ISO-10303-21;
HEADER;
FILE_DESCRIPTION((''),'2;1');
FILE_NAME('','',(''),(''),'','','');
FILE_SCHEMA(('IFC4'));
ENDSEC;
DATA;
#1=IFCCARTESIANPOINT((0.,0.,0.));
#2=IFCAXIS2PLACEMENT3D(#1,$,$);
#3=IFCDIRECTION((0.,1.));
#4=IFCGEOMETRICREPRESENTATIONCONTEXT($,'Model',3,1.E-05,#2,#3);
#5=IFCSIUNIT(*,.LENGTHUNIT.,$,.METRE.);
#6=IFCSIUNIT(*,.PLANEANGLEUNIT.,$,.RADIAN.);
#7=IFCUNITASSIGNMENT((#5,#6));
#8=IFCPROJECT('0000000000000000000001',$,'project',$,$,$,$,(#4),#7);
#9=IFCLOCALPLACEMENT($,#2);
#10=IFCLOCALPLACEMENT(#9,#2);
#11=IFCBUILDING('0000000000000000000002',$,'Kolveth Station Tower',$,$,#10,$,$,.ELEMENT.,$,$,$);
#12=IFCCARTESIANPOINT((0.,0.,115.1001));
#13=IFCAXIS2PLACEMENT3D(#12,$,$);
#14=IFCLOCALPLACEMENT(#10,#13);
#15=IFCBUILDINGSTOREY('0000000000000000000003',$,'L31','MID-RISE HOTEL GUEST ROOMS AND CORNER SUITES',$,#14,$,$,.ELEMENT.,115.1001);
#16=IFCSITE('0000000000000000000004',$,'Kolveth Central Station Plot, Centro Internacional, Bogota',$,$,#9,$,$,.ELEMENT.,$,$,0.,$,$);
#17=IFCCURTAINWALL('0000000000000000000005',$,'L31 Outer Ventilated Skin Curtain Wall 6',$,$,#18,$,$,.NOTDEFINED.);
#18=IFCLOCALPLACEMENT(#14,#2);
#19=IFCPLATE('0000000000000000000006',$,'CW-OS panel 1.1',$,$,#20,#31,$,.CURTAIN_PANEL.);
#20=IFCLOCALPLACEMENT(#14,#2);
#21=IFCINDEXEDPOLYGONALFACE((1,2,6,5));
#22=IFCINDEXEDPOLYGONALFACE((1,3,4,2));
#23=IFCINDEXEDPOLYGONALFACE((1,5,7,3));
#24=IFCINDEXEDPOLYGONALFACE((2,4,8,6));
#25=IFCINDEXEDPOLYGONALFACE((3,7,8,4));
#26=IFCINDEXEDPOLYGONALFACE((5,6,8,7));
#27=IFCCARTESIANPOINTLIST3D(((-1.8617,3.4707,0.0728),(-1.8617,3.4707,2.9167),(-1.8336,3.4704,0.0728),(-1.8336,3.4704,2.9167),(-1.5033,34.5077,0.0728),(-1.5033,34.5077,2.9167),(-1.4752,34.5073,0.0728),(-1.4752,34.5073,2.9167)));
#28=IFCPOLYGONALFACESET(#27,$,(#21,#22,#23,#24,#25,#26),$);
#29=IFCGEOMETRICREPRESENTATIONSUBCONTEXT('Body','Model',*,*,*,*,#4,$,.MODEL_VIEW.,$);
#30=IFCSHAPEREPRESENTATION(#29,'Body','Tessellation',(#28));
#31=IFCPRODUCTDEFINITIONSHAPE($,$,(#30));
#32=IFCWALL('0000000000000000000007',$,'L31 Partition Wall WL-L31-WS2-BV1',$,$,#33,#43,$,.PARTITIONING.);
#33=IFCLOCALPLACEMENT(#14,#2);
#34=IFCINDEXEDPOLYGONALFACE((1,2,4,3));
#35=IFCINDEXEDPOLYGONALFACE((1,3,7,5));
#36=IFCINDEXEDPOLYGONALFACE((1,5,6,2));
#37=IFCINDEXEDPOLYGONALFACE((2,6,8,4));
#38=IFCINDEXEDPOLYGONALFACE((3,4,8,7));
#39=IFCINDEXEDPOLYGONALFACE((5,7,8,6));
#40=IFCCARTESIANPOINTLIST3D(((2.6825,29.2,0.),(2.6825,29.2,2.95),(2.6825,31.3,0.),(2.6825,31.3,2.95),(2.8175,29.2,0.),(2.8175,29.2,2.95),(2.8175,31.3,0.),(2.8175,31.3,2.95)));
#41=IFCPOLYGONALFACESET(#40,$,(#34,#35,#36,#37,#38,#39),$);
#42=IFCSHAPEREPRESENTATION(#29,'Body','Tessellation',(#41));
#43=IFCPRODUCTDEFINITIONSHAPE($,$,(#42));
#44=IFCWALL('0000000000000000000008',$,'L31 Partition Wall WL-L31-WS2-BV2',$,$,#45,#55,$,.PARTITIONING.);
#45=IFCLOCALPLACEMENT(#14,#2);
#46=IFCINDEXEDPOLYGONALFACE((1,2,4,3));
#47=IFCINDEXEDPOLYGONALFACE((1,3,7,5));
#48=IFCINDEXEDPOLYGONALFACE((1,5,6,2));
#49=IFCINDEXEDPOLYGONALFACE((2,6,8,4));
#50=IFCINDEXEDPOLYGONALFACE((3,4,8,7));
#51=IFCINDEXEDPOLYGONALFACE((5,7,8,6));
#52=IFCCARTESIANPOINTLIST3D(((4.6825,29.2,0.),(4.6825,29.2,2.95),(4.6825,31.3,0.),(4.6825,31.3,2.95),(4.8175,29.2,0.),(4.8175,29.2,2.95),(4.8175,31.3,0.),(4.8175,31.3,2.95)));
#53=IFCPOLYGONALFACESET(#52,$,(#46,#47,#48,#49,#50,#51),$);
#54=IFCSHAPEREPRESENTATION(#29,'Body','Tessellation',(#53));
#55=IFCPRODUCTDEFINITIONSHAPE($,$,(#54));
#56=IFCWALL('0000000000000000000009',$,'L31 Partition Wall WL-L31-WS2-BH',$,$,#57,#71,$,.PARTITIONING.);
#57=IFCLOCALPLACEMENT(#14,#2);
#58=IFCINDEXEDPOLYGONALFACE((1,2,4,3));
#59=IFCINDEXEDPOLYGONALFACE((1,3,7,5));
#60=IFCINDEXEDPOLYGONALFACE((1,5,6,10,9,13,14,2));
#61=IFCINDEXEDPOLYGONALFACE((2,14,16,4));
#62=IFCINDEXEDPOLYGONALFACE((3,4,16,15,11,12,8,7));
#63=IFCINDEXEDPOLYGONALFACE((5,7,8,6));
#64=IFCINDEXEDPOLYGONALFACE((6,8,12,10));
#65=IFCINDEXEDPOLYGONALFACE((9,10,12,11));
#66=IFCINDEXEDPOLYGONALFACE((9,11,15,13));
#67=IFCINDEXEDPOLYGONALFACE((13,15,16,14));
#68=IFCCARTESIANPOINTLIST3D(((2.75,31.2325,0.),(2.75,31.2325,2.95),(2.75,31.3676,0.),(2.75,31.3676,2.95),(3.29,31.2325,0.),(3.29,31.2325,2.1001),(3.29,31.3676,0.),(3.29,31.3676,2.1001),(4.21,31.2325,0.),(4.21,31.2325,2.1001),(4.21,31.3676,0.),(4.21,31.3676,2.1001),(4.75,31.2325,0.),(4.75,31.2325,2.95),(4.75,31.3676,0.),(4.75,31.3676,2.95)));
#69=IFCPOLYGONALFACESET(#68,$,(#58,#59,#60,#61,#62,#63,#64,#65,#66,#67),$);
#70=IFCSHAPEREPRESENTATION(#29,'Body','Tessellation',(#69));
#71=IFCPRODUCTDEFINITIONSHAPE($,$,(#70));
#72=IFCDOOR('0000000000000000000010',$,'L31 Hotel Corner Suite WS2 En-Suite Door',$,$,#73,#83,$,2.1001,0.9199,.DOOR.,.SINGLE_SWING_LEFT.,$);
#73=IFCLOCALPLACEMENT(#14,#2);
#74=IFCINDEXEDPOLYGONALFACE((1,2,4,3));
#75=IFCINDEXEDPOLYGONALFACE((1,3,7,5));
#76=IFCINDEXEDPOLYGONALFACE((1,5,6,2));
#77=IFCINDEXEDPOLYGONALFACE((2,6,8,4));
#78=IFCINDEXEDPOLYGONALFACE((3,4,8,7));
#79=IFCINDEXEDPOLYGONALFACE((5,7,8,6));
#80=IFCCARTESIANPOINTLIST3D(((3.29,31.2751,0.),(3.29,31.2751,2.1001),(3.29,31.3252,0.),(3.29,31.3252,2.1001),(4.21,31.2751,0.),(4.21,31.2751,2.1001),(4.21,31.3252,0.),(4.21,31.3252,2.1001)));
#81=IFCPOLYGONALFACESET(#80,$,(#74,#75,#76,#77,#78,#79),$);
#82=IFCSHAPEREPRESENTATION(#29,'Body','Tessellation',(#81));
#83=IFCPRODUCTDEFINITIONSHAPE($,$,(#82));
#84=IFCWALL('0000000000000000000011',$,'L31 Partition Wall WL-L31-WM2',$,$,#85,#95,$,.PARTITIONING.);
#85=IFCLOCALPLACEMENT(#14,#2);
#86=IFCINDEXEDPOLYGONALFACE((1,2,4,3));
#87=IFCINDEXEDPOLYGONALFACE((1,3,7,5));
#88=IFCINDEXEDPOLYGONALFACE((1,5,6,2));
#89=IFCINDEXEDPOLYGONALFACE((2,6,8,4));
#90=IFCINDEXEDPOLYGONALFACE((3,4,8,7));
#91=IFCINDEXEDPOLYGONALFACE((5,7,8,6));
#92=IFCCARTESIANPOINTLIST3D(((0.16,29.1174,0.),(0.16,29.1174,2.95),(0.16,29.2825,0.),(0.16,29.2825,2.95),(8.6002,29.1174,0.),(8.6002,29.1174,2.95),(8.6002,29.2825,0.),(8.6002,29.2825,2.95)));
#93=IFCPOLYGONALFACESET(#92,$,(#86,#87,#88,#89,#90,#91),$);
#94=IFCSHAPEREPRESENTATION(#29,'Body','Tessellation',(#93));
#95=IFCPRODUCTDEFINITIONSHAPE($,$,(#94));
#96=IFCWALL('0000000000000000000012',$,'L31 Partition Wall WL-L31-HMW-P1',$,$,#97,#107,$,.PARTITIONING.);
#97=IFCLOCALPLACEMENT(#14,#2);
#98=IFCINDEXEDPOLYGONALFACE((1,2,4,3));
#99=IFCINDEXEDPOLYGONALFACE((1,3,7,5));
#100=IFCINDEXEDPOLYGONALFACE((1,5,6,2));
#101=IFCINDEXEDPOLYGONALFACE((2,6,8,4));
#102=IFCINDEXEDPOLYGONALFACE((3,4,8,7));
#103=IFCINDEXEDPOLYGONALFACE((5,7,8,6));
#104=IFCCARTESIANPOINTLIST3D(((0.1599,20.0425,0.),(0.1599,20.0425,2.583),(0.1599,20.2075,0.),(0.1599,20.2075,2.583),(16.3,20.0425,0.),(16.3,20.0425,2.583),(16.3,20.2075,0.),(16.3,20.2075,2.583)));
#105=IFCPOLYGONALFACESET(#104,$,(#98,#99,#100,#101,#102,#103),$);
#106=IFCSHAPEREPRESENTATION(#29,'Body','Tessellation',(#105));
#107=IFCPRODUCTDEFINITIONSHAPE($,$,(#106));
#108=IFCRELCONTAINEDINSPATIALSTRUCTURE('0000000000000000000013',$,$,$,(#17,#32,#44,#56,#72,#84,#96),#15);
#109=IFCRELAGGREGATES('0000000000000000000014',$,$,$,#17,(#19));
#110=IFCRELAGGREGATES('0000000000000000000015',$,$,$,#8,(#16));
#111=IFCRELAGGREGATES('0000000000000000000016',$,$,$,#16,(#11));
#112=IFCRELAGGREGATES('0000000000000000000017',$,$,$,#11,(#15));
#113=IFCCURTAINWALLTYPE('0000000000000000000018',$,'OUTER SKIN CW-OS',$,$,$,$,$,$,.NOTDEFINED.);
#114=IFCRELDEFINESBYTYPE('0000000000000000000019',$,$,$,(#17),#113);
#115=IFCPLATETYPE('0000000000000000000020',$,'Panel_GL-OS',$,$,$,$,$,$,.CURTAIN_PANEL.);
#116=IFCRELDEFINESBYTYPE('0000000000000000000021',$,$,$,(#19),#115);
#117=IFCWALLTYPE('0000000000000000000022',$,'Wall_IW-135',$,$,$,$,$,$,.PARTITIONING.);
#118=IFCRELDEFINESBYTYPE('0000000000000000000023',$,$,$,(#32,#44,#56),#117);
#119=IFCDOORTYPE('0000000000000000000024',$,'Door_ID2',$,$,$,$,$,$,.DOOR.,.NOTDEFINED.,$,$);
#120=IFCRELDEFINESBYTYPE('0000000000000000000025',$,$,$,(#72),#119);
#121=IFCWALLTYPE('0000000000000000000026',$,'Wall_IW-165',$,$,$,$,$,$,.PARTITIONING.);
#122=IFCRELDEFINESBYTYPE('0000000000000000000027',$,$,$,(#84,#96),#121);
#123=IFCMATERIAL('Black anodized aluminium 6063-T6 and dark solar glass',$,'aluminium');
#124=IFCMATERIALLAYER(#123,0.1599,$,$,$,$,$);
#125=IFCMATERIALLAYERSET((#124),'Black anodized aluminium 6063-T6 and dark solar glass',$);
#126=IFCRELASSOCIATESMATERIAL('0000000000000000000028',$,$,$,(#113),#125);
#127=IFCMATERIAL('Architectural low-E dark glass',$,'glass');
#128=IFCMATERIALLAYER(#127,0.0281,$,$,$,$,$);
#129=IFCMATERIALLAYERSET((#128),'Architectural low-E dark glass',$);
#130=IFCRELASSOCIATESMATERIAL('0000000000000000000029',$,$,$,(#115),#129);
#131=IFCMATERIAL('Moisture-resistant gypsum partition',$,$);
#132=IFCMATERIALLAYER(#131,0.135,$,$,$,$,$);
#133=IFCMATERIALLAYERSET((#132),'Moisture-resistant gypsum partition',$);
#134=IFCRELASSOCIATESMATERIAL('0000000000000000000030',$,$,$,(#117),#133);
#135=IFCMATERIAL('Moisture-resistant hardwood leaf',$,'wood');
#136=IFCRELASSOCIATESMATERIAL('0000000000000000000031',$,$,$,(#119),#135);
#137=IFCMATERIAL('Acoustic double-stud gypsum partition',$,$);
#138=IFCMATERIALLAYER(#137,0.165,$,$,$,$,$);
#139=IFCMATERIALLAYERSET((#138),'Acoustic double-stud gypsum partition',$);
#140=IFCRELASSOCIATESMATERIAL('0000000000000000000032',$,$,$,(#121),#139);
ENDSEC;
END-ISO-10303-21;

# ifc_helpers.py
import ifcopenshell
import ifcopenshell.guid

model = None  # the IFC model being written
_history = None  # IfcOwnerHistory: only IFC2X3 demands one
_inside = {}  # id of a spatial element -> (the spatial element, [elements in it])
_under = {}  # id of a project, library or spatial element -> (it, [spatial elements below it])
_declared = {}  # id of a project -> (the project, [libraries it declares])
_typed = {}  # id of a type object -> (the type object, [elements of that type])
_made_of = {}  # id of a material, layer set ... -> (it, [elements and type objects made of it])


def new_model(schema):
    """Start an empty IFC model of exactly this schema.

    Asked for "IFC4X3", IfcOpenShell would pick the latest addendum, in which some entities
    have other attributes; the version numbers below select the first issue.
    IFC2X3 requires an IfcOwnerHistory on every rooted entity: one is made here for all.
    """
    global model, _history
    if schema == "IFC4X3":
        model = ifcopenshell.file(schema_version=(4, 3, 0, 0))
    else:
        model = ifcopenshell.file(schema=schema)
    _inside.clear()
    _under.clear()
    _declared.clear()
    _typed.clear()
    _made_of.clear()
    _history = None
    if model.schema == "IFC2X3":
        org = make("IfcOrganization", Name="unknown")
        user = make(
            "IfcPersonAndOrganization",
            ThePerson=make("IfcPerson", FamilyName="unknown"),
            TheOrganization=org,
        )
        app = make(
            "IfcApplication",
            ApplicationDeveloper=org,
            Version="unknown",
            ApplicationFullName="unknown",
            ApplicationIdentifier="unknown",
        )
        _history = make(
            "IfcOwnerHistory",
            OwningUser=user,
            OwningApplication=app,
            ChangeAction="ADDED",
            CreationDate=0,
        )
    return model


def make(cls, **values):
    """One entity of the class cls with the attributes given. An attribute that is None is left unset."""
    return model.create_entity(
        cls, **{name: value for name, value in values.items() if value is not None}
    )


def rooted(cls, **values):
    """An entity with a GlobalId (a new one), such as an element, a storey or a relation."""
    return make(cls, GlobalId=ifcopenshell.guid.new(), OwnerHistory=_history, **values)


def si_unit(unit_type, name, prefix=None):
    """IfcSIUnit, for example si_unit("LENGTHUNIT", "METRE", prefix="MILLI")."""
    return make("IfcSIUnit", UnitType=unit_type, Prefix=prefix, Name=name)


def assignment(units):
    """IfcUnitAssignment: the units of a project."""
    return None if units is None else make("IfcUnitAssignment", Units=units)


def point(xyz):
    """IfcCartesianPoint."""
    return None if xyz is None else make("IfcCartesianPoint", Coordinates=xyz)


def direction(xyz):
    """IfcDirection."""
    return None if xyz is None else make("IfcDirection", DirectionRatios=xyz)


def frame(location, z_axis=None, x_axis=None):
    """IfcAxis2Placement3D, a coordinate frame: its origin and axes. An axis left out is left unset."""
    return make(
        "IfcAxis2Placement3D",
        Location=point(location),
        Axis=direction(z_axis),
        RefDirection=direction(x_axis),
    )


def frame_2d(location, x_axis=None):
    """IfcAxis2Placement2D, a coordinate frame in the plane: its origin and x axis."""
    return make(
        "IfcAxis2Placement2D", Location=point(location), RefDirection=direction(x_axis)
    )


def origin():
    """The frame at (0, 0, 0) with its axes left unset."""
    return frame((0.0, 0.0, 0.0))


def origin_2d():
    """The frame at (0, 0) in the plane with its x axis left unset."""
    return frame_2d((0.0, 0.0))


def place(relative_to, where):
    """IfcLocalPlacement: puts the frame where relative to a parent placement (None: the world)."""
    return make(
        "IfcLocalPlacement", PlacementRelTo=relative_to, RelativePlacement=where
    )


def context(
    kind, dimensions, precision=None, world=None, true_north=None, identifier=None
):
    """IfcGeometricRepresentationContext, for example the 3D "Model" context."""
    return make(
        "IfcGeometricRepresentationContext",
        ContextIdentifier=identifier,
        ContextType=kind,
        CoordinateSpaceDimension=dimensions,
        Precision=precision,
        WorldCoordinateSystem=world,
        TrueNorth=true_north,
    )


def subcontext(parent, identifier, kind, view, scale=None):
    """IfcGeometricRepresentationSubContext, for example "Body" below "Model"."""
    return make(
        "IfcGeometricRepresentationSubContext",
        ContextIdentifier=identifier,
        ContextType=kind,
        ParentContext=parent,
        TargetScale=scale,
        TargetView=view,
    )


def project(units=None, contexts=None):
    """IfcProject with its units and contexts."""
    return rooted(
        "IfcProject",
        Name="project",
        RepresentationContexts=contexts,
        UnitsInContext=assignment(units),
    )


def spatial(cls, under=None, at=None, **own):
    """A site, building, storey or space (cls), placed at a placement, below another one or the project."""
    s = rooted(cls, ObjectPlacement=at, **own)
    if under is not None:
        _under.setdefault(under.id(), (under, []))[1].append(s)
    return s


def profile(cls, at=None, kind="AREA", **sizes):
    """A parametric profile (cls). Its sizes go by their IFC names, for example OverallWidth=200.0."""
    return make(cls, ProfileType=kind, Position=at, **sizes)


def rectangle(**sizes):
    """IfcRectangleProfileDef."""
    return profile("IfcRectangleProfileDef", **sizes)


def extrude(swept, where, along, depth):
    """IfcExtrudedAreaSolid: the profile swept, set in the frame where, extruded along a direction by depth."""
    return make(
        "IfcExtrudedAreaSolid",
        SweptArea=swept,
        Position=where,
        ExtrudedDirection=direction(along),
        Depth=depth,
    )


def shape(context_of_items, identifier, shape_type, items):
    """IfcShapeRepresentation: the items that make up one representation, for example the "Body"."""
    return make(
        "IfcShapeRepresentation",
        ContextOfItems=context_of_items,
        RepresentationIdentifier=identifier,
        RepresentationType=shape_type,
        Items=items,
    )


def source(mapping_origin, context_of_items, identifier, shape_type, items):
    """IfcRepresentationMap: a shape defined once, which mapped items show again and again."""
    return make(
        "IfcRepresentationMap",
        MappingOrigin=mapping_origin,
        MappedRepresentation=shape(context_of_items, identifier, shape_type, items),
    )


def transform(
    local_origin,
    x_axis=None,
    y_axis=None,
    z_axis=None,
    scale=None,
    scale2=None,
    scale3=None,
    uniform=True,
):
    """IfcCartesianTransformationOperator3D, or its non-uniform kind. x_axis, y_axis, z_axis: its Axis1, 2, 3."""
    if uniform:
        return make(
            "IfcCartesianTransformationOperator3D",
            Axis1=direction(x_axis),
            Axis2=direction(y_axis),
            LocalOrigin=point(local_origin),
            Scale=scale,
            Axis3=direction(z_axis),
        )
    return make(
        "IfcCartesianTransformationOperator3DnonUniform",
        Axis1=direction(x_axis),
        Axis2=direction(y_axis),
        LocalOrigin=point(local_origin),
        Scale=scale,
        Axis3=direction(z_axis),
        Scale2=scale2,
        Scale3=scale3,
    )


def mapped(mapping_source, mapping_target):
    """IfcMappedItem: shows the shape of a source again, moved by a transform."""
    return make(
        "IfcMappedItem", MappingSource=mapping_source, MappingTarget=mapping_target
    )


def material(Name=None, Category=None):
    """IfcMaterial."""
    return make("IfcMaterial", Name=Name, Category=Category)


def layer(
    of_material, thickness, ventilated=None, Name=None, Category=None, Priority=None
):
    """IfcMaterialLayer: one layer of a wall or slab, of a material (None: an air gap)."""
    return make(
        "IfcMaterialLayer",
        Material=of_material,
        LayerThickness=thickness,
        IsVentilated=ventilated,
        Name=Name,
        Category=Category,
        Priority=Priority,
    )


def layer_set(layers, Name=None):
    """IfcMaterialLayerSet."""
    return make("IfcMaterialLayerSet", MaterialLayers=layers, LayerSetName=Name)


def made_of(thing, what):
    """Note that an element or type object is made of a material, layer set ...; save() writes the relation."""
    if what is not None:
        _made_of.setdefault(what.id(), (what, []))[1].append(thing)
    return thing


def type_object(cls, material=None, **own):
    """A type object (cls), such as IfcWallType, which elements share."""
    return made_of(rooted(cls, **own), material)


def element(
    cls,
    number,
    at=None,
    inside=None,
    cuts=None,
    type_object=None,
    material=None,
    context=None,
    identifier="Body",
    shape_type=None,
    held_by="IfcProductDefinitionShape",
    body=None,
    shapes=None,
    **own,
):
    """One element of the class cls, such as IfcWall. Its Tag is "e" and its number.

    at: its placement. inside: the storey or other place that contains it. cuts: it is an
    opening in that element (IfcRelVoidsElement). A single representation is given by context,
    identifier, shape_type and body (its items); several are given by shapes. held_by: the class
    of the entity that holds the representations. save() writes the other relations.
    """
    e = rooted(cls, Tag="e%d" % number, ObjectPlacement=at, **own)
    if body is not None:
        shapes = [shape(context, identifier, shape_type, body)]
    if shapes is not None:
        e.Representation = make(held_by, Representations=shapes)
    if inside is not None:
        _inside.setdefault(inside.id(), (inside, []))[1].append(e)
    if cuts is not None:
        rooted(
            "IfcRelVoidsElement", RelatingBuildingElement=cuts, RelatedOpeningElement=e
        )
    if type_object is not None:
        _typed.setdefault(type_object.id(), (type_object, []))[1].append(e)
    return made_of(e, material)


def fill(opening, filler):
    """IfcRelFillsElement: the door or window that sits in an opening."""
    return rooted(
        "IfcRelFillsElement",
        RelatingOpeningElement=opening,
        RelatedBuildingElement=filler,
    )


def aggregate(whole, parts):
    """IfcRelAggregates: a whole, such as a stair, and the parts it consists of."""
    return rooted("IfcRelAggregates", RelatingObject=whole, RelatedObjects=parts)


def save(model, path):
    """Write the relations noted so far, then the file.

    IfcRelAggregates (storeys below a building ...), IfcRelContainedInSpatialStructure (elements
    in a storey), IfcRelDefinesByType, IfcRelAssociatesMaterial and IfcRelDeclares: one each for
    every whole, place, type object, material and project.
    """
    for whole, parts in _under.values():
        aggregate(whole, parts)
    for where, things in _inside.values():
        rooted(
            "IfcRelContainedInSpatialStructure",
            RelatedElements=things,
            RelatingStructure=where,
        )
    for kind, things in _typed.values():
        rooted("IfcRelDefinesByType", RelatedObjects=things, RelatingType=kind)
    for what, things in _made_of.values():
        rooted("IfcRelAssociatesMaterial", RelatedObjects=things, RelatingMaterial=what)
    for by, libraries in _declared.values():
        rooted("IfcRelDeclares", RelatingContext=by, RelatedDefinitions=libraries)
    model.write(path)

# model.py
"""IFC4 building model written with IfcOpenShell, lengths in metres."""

from ifc_helpers import new_model, si_unit, direction, frame, frame_2d, origin, origin_2d, place, context, subcontext, project, spatial, rectangle, extrude, source, transform, mapped, material, layer, layer_set, type_object, element, fill, aggregate, save


model = new_model("IFC4")

# Units and contexts
model_context = context("Model", 3, precision=1e-05, world=origin(), true_north=direction((0.0, 1.0)))
body_context = subcontext(model_context, "Body", "Model", "MODEL_VIEW")
ifc_project = project(units=[si_unit("LENGTHUNIT", "METRE"), si_unit("PLANEANGLEUNIT", "RADIAN")], contexts=[model_context])

# Site, building, storey
site_placement = place(None, origin())
site = spatial("IfcSite", under=ifc_project, at=site_placement, Name="Kolveth Central Station Plot, Centro Internacional, Bogota", CompositionType="ELEMENT", RefElevation=0.0)
building_placement = place(site_placement, origin())
building = spatial("IfcBuilding", under=site, at=building_placement, Name="Kolveth Station Tower", CompositionType="ELEMENT")
storey_placement = place(building_placement, frame((0.0, 0.0, 115.1001)))
storey = spatial("IfcBuildingStorey", under=building, at=storey_placement, Name="L31", Description="MID-RISE HOTEL GUEST ROOMS AND CORNER SUITES", CompositionType="ELEMENT", Elevation=115.1001)

# Shared definitions
ifc_material_1 = material(Name="Architectural low-E dark glass", Category="glass")

# Curtain wall, plate
ifc_material_2 = material(Name="Black anodized aluminium 6063-T6 and dark solar glass", Category="aluminium")
ifc_layer_1 = layer(ifc_material_2, 0.1599)
ifc_layer_set_1 = layer_set([ifc_layer_1], Name="Black anodized aluminium 6063-T6 and dark solar glass")
curtain_wall_type_1 = type_object("IfcCurtainWallType", Name="OUTER SKIN CW-OS", PredefinedType="NOTDEFINED", material=ifc_layer_set_1)
curtain_wall_1_placement = place(storey_placement, origin())
curtain_wall_1 = element("IfcCurtainWall", 1, at=curtain_wall_1_placement, inside=storey, type_object=curtain_wall_type_1, Name="L31 Outer Ventilated Skin Curtain Wall 6", PredefinedType="NOTDEFINED")
ifc_layer_2 = layer(ifc_material_1, 0.0281)
ifc_layer_set_2 = layer_set([ifc_layer_2], Name="Architectural low-E dark glass")
plate_type_1 = type_object("IfcPlateType", Name="Panel_GL-OS", PredefinedType="CURTAIN_PANEL", material=ifc_layer_set_2)
shared_shape_1 = source(origin(), body_context, "Body", "SweptSolid", [
    extrude(rectangle(XDim=31.0391, YDim=0.0281, at=origin_2d()), origin(), (0.0, 0.0, 1.0), 2.844),
])
plate_1_placement = place(storey_placement, frame((-1.6685, 18.989, 0.0728), z_axis=(0.0, 0.0, 1.0), x_axis=(-0.011546, -0.999933, 0.0)))
plate_1 = element("IfcPlate", 2, at=plate_1_placement, type_object=plate_type_1, Name="CW-OS panel 1.1", PredefinedType="CURTAIN_PANEL", context=body_context, shape_type="MappedRepresentation", body=[
    mapped(shared_shape_1, transform((0.0, 0.0, 0.0), x_axis=(1.0, 0.0, 0.0), y_axis=(0.0, 1.0, 0.0), z_axis=(0.0, 0.0, 1.0), scale=1.0)),
])
aggregate(curtain_wall_1, [plate_1])

# Walls
ifc_material_3 = material(Name="Moisture-resistant gypsum partition")
ifc_layer_3 = layer(ifc_material_3, 0.135)
ifc_layer_set_3 = layer_set([ifc_layer_3], Name="Moisture-resistant gypsum partition")
wall_type_1 = type_object("IfcWallType", Name="Wall_IW-135", PredefinedType="PARTITIONING", material=ifc_layer_set_3)
for number, where, z_axis, x_axis, name in (
    (3, (2.75, 29.2, 0.0), (0.0, 0.0, 1.0), (0.0, 1.0, 0.0), "L31 Partition Wall WL-L31-WS2-BV1"),
    (4, (4.75, 29.2, 0.0), (0.0, 0.0, 1.0), (0.0, 1.0, 0.0), "L31 Partition Wall WL-L31-WS2-BV2"),
):
    element("IfcWall", number, at=place(storey_placement, frame(where, z_axis=z_axis, x_axis=x_axis)), inside=storey, type_object=wall_type_1, Name=name, PredefinedType="PARTITIONING", context=body_context, shape_type="SweptSolid", body=[
        extrude(rectangle(XDim=2.1001, YDim=0.135, at=frame_2d((1.05, 0.0))), origin(), (0.0, 0.0, 1.0), 2.95),
    ])

# Wall, opening, door
wall_1_placement = place(storey_placement, frame((2.75, 31.3, 0.0), z_axis=(0.0, 0.0, 1.0), x_axis=(1.0, 0.0, 0.0)))
wall_1 = element("IfcWall", 5, at=wall_1_placement, inside=storey, type_object=wall_type_1, Name="L31 Partition Wall WL-L31-WS2-BH", PredefinedType="PARTITIONING", context=body_context, shape_type="SweptSolid", body=[
    extrude(rectangle(XDim=2.0, YDim=0.135, at=frame_2d((1.0, 0.0))), origin(), (0.0, 0.0, 1.0), 2.95),
])
opening_placement = place(wall_1_placement, frame((0.54, 0.0, 0.0)))
opening = element("IfcOpeningElement", 6, at=opening_placement, cuts=wall_1, PredefinedType="OPENING", context=body_context, shape_type="SweptSolid", body=[
    extrude(rectangle(XDim=0.9199, YDim=2.1001, at=frame_2d((0.46, 1.05))), frame((0.0, 0.0774, 0.0), z_axis=(0.0, -1.0, 0.0), x_axis=(1.0, 0.0, 0.0)), (0.0, 0.0, 1.0), 0.155),
])
ifc_material_4 = material(Name="Moisture-resistant hardwood leaf", Category="wood")
door_type = type_object("IfcDoorType", Name="Door_ID2", OperationType="NOTDEFINED", PredefinedType="DOOR", material=ifc_material_4)
door_placement = place(opening_placement, frame((0.9199, 0.0, 0.0), z_axis=(0.0, 0.0, 1.0), x_axis=(-1.0, 0.0, 0.0)))
door = element("IfcDoor", 7, at=door_placement, inside=storey, type_object=door_type, Name="L31 Hotel Corner Suite WS2 En-Suite Door", OperationType="SINGLE_SWING_LEFT", OverallHeight=2.1001, OverallWidth=0.9199, PredefinedType="DOOR", context=body_context, shape_type="SweptSolid", body=[
    extrude(rectangle(XDim=0.9199, YDim=2.1001, at=frame_2d((0.46, 1.05))), frame((0.0, 0.0249, 0.0), z_axis=(0.0, -1.0, 0.0), x_axis=(1.0, 0.0, 0.0)), (0.0, 0.0, 1.0), 0.05),
])
fill(opening, door)

# Walls
ifc_material_5 = material(Name="Acoustic double-stud gypsum partition")
ifc_layer_4 = layer(ifc_material_5, 0.165)
ifc_layer_set_4 = layer_set([ifc_layer_4], Name="Acoustic double-stud gypsum partition")
wall_type_2 = type_object("IfcWallType", Name="Wall_IW-165", PredefinedType="PARTITIONING", material=ifc_layer_set_4)
wall_2_placement = place(storey_placement, frame((0.1599, 29.2, 0.0), z_axis=(0.0, 0.0, 1.0), x_axis=(1.0, 0.0, 0.0)))
element("IfcWall", 8, at=wall_2_placement, inside=storey, type_object=wall_type_2, Name="L31 Partition Wall WL-L31-WM2", PredefinedType="PARTITIONING", context=body_context, shape_type="SweptSolid", body=[
    extrude(rectangle(XDim=8.4402, YDim=0.165, at=frame_2d((4.2202, 0.0))), origin(), (0.0, 0.0, 1.0), 2.95),
])
wall_3_placement = place(storey_placement, frame((0.1599, 20.125, 0.0), z_axis=(0.0, 0.0, 1.0), x_axis=(1.0, 0.0, 0.0)))
element("IfcWall", 9, at=wall_3_placement, inside=storey, type_object=wall_type_2, Name="L31 Partition Wall WL-L31-HMW-P1", PredefinedType="PARTITIONING", context=body_context, shape_type="SweptSolid", body=[
    extrude(rectangle(XDim=16.1401, YDim=0.165, at=frame_2d((8.0701, 0.0))), origin(), (0.0, 0.0, 1.0), 2.583),
])

save(model, "model.ifc")
